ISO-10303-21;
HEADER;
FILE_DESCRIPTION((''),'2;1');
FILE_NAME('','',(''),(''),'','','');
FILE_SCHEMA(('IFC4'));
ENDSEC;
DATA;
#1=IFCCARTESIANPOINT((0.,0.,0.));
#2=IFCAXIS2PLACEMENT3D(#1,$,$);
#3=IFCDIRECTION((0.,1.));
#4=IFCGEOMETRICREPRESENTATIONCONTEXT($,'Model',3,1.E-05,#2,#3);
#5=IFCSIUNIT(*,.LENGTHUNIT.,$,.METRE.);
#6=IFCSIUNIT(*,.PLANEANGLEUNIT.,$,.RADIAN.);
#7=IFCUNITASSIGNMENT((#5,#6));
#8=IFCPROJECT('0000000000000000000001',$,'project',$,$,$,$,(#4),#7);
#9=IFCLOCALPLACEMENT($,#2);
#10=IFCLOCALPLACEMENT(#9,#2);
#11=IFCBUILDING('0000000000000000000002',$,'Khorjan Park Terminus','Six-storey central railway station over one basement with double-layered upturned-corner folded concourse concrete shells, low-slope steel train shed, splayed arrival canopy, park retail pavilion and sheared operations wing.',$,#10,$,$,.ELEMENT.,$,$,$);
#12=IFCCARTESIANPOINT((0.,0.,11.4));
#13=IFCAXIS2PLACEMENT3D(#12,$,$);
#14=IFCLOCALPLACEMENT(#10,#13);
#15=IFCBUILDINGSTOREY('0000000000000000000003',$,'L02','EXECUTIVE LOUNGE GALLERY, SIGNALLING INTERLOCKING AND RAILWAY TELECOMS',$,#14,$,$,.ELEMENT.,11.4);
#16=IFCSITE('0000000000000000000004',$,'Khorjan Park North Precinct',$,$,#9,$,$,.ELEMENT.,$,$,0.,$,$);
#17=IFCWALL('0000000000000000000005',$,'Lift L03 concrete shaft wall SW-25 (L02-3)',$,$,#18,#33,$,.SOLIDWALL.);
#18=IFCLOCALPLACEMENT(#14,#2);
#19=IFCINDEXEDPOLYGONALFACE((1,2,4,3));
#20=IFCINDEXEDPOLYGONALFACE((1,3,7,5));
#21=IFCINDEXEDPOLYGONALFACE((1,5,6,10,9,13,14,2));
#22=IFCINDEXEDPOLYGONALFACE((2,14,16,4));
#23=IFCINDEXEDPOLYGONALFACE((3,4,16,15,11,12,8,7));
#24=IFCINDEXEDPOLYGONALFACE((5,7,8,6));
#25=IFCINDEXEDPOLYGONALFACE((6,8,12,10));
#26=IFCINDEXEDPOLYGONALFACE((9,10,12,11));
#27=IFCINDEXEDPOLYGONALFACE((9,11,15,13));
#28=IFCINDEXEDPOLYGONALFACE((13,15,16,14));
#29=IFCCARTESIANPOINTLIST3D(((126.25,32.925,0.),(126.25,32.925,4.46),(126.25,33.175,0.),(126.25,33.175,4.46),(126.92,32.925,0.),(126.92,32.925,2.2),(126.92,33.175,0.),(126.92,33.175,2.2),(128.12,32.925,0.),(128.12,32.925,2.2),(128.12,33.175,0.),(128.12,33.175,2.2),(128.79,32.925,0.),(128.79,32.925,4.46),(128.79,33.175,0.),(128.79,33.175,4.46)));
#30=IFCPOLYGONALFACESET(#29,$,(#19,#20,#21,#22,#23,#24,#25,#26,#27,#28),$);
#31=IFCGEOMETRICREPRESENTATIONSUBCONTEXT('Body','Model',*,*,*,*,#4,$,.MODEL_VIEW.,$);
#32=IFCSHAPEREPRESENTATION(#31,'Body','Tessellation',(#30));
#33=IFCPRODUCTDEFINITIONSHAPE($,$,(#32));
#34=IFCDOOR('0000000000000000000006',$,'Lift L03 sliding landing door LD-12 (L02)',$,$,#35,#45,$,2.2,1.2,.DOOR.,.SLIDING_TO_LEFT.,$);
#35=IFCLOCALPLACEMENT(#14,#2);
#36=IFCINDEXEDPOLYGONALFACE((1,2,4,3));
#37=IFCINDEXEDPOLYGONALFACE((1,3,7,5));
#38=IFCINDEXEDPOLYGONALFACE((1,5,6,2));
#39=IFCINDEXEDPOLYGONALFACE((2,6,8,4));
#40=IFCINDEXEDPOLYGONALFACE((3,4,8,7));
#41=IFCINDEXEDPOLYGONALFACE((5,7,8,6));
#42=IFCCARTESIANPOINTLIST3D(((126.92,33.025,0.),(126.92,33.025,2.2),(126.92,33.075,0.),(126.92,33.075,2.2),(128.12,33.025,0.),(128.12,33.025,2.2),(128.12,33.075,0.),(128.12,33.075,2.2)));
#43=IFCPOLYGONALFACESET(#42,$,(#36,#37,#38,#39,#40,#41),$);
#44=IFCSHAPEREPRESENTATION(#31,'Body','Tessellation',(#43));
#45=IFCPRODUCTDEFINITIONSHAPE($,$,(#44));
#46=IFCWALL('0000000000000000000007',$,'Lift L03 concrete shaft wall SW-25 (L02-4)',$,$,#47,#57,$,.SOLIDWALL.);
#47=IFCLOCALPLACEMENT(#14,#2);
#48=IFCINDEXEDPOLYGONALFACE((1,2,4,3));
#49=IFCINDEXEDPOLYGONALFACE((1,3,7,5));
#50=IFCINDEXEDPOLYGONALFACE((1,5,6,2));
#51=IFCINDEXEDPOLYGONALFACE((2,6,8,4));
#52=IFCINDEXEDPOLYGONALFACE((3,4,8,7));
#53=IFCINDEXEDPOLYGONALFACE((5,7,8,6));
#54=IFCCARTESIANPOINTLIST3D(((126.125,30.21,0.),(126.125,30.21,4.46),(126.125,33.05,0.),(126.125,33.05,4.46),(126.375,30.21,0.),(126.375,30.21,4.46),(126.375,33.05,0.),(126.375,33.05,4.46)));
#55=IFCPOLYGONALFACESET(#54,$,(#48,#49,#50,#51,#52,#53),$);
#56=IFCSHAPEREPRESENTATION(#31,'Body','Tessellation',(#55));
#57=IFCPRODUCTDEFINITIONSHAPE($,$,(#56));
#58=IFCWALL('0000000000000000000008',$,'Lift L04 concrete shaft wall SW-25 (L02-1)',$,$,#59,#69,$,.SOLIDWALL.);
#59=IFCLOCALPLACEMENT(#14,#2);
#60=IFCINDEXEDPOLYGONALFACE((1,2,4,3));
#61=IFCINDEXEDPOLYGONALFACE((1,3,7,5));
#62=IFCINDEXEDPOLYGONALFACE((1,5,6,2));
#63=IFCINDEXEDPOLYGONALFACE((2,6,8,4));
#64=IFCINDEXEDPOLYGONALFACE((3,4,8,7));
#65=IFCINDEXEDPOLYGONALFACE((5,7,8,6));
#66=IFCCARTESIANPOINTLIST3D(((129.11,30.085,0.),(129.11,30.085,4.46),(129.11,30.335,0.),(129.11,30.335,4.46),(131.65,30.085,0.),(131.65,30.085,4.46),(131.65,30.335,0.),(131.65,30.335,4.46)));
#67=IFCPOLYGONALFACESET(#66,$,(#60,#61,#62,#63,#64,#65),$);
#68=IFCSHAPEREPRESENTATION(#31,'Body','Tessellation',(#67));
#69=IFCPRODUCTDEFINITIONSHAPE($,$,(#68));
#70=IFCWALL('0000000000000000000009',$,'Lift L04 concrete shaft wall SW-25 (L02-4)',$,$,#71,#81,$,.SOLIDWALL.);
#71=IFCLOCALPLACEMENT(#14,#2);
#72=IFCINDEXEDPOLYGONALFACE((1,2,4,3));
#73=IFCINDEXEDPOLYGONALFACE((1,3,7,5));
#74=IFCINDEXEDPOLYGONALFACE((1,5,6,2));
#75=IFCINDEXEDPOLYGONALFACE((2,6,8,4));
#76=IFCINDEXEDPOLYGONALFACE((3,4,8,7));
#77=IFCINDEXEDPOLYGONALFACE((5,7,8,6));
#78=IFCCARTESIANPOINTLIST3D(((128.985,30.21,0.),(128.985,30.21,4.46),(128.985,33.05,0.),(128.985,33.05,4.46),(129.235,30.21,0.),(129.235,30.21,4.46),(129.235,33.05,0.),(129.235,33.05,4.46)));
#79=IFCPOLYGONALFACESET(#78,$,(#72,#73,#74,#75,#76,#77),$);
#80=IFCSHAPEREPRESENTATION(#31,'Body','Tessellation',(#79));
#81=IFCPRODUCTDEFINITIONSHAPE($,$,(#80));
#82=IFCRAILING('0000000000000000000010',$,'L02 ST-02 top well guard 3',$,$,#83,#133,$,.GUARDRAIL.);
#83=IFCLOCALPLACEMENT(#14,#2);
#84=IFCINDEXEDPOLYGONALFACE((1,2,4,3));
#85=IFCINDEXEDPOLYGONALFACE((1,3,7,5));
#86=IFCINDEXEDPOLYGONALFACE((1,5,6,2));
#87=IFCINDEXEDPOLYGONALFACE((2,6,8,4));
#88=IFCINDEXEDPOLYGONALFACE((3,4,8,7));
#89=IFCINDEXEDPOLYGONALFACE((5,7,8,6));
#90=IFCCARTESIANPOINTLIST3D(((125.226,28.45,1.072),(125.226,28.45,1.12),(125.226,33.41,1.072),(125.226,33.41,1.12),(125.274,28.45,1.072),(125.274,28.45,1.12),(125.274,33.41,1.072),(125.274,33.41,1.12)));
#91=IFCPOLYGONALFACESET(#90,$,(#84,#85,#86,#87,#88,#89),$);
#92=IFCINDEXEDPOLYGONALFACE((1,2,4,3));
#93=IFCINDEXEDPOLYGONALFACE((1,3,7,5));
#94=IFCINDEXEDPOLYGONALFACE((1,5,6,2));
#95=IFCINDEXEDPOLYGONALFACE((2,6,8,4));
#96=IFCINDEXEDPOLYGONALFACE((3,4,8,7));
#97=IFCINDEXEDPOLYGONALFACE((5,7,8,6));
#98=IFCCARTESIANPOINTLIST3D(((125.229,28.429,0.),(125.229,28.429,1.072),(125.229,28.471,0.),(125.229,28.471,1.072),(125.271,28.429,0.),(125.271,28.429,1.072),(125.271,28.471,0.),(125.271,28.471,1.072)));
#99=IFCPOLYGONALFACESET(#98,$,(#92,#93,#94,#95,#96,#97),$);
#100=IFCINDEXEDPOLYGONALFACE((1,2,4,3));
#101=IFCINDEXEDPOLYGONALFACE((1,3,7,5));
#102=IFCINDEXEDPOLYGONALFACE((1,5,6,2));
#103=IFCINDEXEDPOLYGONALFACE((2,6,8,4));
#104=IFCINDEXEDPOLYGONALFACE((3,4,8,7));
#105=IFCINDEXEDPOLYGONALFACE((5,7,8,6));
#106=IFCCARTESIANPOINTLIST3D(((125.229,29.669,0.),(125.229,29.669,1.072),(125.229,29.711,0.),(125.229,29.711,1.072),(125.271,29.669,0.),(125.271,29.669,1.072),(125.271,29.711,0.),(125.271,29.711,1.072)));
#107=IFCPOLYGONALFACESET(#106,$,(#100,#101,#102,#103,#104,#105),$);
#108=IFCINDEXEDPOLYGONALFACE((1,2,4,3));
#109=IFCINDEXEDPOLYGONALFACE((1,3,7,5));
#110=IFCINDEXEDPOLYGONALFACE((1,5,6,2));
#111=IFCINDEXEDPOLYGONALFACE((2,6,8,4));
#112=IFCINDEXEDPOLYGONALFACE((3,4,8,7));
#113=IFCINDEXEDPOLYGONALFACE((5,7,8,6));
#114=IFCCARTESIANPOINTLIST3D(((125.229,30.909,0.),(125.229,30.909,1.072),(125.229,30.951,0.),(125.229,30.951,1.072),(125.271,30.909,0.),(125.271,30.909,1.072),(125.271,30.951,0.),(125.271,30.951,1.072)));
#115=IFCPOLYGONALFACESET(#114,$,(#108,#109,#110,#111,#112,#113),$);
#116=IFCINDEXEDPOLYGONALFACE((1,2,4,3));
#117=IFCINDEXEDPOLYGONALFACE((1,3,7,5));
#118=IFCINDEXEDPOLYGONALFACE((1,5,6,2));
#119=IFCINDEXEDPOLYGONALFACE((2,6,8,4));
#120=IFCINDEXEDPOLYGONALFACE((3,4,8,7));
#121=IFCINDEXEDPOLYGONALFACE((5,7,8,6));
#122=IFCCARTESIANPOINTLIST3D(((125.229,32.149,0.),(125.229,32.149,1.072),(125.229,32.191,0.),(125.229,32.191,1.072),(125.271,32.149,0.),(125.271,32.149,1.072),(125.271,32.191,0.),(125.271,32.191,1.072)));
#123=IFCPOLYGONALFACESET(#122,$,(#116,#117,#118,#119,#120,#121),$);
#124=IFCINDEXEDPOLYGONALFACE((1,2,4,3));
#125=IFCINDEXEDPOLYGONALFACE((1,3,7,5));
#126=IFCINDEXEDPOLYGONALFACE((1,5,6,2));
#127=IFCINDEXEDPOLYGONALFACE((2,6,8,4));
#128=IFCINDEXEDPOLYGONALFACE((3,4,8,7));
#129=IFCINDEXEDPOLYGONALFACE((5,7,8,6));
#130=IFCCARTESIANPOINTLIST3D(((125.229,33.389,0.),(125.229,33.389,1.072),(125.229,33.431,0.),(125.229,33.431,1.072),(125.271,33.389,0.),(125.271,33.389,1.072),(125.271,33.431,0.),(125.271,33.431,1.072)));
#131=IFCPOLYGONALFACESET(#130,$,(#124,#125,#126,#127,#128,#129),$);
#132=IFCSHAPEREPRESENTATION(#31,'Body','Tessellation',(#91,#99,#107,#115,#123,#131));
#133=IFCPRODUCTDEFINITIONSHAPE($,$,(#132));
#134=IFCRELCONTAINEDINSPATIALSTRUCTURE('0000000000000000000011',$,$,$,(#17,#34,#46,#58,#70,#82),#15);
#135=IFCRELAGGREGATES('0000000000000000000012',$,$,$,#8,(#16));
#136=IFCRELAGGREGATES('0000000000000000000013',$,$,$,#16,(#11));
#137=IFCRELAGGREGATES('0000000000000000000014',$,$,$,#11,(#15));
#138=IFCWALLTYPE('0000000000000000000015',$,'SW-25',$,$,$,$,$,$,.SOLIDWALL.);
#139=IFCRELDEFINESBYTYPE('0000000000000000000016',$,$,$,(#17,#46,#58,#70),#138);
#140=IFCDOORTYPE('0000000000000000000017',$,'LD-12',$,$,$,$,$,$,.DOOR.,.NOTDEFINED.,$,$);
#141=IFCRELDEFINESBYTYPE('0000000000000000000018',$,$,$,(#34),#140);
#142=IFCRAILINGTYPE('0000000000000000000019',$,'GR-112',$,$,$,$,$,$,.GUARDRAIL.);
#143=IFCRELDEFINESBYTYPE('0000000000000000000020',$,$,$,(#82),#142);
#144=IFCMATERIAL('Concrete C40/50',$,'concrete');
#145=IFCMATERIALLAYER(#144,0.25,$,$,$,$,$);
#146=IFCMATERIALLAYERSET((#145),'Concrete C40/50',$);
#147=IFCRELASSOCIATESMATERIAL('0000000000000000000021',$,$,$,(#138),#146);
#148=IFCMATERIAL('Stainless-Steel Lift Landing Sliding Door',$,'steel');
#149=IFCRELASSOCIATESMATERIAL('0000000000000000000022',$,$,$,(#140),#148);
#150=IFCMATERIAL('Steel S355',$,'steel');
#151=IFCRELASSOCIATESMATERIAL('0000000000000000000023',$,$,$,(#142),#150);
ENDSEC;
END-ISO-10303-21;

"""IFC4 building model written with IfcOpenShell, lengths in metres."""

from ifc_helpers import new_model, si_unit, direction, frame, frame_2d, origin, origin_2d, place, context, subcontext, project, spatial, rectangle, extrude, material, layer, layer_set, type_object, element, fill, save


model = new_model("IFC4")

# Units and contexts
model_context = context("Model", 3, precision=1e-05, world=origin(), true_north=direction((0.0, 1.0)))
body_context = subcontext(model_context, "Body", "Model", "MODEL_VIEW")
ifc_project = project(units=[si_unit("LENGTHUNIT", "METRE"), si_unit("PLANEANGLEUNIT", "RADIAN")], contexts=[model_context])

# Site, building, storey
site_placement = place(None, origin())
site = spatial("IfcSite", under=ifc_project, at=site_placement, Name="Khorjan Park North Precinct", CompositionType="ELEMENT", RefElevation=0.0)
building_placement = place(site_placement, origin())
building = spatial("IfcBuilding", under=site, at=building_placement, Name="Khorjan Park Terminus", Description="Six-storey central railway station over one basement with double-layered upturned-corner folded concourse concrete shells, low-slope steel train shed, splayed arrival canopy, park retail pavilion and sheared operations wing.", CompositionType="ELEMENT")
storey_placement = place(building_placement, frame((0.0, 0.0, 11.4)))
storey = spatial("IfcBuildingStorey", under=building, at=storey_placement, Name="L02", Description="EXECUTIVE LOUNGE GALLERY, SIGNALLING INTERLOCKING AND RAILWAY TELECOMS", CompositionType="ELEMENT", Elevation=11.4)

# Shared definitions
ifc_material_1 = material(Name="Steel S355", Category="steel")
ifc_material_2 = material(Name="Concrete C40/50", Category="concrete")

# Shared definitions
ifc_layer_1 = layer(ifc_material_2, 0.25)
ifc_layer_set_1 = layer_set([ifc_layer_1], Name="Concrete C40/50")
wall_type_1 = type_object("IfcWallType", Name="SW-25", PredefinedType="SOLIDWALL", material=ifc_layer_set_1)

# Wall, opening, door
wall_1_placement = place(storey_placement, frame((128.79, 33.05, 0.0), z_axis=(0.0, 0.0, 1.0), x_axis=(-1.0, 0.0, 0.0)))
wall_1 = element("IfcWall", 1, at=wall_1_placement, inside=storey, type_object=wall_type_1, Name="Lift L03 concrete shaft wall SW-25 (L02-3)", PredefinedType="SOLIDWALL", context=body_context, shape_type="SweptSolid", body=[
    extrude(rectangle(XDim=2.54, YDim=0.25, at=frame_2d((1.27, 0.0))), origin(), (0.0, 0.0, 1.0), 4.46),
])
opening_1_placement = place(wall_1_placement, frame((0.67, 0.0, 0.0)))
opening_1 = element("IfcOpeningElement", 2, at=opening_1_placement, cuts=wall_1, PredefinedType="OPENING", context=body_context, shape_type="SweptSolid", body=[
    extrude(rectangle(XDim=1.2, YDim=2.2, at=frame_2d((0.6, 1.1))), frame((0.0, 0.135, 0.0), z_axis=(0.0, -1.0, 0.0), x_axis=(1.0, 0.0, 0.0)), (0.0, 0.0, 1.0), 0.27),
])
ifc_material_3 = material(Name="Stainless-Steel Lift Landing Sliding Door", Category="steel")
door_type_1 = type_object("IfcDoorType", Name="LD-12", OperationType="NOTDEFINED", PredefinedType="DOOR", material=ifc_material_3)
door_1_placement = place(opening_1_placement, origin())
door_1 = element("IfcDoor", 3, at=door_1_placement, inside=storey, type_object=door_type_1, Name="Lift L03 sliding landing door LD-12 (L02)", OperationType="SLIDING_TO_LEFT", OverallHeight=2.2, OverallWidth=1.2, PredefinedType="DOOR", context=body_context, shape_type="SweptSolid", body=[
    extrude(rectangle(XDim=1.2, YDim=2.2, at=frame_2d((0.6, 1.1))), frame((0.0, 0.025, 0.0), z_axis=(0.0, -1.0, 0.0), x_axis=(1.0, 0.0, 0.0)), (0.0, 0.0, 1.0), 0.05),
])
fill(opening_1, door_1)

# Walls
wall_2_placement = place(storey_placement, frame((126.25, 33.05, 0.0), z_axis=(0.0, 0.0, 1.0), x_axis=(0.0, -1.0, 0.0)))
element("IfcWall", 4, at=wall_2_placement, inside=storey, type_object=wall_type_1, Name="Lift L03 concrete shaft wall SW-25 (L02-4)", PredefinedType="SOLIDWALL", context=body_context, shape_type="SweptSolid", body=[
    extrude(rectangle(XDim=2.84, YDim=0.25, at=frame_2d((1.42, 0.0))), origin(), (0.0, 0.0, 1.0), 4.46),
])
wall_3_placement = place(storey_placement, frame((129.11, 30.21, 0.0), z_axis=(0.0, 0.0, 1.0), x_axis=(1.0, 0.0, 0.0)))
element("IfcWall", 5, at=wall_3_placement, inside=storey, type_object=wall_type_1, Name="Lift L04 concrete shaft wall SW-25 (L02-1)", PredefinedType="SOLIDWALL", context=body_context, shape_type="SweptSolid", body=[
    extrude(rectangle(XDim=2.54, YDim=0.25, at=frame_2d((1.27, 0.0))), origin(), (0.0, 0.0, 1.0), 4.46),
])
wall_4_placement = place(storey_placement, frame((129.11, 33.05, 0.0), z_axis=(0.0, 0.0, 1.0), x_axis=(0.0, -1.0, 0.0)))
element("IfcWall", 6, at=wall_4_placement, inside=storey, type_object=wall_type_1, Name="Lift L04 concrete shaft wall SW-25 (L02-4)", PredefinedType="SOLIDWALL", context=body_context, shape_type="SweptSolid", body=[
    extrude(rectangle(XDim=2.84, YDim=0.25, at=frame_2d((1.42, 0.0))), origin(), (0.0, 0.0, 1.0), 4.46),
])

# Railing
railing_type = type_object("IfcRailingType", Name="GR-112", PredefinedType="GUARDRAIL", material=ifc_material_1)
railing_placement = place(storey_placement, frame((125.25, 28.45, 0.0)))
element("IfcRailing", 7, at=railing_placement, inside=storey, type_object=railing_type, Name="L02 ST-02 top well guard 3", PredefinedType="GUARDRAIL", context=body_context, shape_type="SweptSolid", body=[
    extrude(rectangle(XDim=0.048, YDim=0.048, at=origin_2d()), frame((0.0, 0.0, 1.096), z_axis=(0.0, 1.0, 0.0), x_axis=(-1.0, 0.0, 0.0)), (0.0, 0.0, 1.0), 4.96),
    extrude(rectangle(XDim=0.042, YDim=0.042, at=origin_2d()), origin(), (0.0, 0.0, 1.0), 1.072),
    extrude(rectangle(XDim=0.042, YDim=0.042, at=origin_2d()), frame((0.0, 1.24, 0.0)), (0.0, 0.0, 1.0), 1.072),
    extrude(rectangle(XDim=0.042, YDim=0.042, at=origin_2d()), frame((0.0, 2.48, 0.0)), (0.0, 0.0, 1.0), 1.072),
    extrude(rectangle(XDim=0.042, YDim=0.042, at=origin_2d()), frame((0.0, 3.72, 0.0)), (0.0, 0.0, 1.0), 1.072),
    extrude(rectangle(XDim=0.042, YDim=0.042, at=origin_2d()), frame((0.0, 4.96, 0.0)), (0.0, 0.0, 1.0), 1.072),
])

save(model, "model.ifc")
